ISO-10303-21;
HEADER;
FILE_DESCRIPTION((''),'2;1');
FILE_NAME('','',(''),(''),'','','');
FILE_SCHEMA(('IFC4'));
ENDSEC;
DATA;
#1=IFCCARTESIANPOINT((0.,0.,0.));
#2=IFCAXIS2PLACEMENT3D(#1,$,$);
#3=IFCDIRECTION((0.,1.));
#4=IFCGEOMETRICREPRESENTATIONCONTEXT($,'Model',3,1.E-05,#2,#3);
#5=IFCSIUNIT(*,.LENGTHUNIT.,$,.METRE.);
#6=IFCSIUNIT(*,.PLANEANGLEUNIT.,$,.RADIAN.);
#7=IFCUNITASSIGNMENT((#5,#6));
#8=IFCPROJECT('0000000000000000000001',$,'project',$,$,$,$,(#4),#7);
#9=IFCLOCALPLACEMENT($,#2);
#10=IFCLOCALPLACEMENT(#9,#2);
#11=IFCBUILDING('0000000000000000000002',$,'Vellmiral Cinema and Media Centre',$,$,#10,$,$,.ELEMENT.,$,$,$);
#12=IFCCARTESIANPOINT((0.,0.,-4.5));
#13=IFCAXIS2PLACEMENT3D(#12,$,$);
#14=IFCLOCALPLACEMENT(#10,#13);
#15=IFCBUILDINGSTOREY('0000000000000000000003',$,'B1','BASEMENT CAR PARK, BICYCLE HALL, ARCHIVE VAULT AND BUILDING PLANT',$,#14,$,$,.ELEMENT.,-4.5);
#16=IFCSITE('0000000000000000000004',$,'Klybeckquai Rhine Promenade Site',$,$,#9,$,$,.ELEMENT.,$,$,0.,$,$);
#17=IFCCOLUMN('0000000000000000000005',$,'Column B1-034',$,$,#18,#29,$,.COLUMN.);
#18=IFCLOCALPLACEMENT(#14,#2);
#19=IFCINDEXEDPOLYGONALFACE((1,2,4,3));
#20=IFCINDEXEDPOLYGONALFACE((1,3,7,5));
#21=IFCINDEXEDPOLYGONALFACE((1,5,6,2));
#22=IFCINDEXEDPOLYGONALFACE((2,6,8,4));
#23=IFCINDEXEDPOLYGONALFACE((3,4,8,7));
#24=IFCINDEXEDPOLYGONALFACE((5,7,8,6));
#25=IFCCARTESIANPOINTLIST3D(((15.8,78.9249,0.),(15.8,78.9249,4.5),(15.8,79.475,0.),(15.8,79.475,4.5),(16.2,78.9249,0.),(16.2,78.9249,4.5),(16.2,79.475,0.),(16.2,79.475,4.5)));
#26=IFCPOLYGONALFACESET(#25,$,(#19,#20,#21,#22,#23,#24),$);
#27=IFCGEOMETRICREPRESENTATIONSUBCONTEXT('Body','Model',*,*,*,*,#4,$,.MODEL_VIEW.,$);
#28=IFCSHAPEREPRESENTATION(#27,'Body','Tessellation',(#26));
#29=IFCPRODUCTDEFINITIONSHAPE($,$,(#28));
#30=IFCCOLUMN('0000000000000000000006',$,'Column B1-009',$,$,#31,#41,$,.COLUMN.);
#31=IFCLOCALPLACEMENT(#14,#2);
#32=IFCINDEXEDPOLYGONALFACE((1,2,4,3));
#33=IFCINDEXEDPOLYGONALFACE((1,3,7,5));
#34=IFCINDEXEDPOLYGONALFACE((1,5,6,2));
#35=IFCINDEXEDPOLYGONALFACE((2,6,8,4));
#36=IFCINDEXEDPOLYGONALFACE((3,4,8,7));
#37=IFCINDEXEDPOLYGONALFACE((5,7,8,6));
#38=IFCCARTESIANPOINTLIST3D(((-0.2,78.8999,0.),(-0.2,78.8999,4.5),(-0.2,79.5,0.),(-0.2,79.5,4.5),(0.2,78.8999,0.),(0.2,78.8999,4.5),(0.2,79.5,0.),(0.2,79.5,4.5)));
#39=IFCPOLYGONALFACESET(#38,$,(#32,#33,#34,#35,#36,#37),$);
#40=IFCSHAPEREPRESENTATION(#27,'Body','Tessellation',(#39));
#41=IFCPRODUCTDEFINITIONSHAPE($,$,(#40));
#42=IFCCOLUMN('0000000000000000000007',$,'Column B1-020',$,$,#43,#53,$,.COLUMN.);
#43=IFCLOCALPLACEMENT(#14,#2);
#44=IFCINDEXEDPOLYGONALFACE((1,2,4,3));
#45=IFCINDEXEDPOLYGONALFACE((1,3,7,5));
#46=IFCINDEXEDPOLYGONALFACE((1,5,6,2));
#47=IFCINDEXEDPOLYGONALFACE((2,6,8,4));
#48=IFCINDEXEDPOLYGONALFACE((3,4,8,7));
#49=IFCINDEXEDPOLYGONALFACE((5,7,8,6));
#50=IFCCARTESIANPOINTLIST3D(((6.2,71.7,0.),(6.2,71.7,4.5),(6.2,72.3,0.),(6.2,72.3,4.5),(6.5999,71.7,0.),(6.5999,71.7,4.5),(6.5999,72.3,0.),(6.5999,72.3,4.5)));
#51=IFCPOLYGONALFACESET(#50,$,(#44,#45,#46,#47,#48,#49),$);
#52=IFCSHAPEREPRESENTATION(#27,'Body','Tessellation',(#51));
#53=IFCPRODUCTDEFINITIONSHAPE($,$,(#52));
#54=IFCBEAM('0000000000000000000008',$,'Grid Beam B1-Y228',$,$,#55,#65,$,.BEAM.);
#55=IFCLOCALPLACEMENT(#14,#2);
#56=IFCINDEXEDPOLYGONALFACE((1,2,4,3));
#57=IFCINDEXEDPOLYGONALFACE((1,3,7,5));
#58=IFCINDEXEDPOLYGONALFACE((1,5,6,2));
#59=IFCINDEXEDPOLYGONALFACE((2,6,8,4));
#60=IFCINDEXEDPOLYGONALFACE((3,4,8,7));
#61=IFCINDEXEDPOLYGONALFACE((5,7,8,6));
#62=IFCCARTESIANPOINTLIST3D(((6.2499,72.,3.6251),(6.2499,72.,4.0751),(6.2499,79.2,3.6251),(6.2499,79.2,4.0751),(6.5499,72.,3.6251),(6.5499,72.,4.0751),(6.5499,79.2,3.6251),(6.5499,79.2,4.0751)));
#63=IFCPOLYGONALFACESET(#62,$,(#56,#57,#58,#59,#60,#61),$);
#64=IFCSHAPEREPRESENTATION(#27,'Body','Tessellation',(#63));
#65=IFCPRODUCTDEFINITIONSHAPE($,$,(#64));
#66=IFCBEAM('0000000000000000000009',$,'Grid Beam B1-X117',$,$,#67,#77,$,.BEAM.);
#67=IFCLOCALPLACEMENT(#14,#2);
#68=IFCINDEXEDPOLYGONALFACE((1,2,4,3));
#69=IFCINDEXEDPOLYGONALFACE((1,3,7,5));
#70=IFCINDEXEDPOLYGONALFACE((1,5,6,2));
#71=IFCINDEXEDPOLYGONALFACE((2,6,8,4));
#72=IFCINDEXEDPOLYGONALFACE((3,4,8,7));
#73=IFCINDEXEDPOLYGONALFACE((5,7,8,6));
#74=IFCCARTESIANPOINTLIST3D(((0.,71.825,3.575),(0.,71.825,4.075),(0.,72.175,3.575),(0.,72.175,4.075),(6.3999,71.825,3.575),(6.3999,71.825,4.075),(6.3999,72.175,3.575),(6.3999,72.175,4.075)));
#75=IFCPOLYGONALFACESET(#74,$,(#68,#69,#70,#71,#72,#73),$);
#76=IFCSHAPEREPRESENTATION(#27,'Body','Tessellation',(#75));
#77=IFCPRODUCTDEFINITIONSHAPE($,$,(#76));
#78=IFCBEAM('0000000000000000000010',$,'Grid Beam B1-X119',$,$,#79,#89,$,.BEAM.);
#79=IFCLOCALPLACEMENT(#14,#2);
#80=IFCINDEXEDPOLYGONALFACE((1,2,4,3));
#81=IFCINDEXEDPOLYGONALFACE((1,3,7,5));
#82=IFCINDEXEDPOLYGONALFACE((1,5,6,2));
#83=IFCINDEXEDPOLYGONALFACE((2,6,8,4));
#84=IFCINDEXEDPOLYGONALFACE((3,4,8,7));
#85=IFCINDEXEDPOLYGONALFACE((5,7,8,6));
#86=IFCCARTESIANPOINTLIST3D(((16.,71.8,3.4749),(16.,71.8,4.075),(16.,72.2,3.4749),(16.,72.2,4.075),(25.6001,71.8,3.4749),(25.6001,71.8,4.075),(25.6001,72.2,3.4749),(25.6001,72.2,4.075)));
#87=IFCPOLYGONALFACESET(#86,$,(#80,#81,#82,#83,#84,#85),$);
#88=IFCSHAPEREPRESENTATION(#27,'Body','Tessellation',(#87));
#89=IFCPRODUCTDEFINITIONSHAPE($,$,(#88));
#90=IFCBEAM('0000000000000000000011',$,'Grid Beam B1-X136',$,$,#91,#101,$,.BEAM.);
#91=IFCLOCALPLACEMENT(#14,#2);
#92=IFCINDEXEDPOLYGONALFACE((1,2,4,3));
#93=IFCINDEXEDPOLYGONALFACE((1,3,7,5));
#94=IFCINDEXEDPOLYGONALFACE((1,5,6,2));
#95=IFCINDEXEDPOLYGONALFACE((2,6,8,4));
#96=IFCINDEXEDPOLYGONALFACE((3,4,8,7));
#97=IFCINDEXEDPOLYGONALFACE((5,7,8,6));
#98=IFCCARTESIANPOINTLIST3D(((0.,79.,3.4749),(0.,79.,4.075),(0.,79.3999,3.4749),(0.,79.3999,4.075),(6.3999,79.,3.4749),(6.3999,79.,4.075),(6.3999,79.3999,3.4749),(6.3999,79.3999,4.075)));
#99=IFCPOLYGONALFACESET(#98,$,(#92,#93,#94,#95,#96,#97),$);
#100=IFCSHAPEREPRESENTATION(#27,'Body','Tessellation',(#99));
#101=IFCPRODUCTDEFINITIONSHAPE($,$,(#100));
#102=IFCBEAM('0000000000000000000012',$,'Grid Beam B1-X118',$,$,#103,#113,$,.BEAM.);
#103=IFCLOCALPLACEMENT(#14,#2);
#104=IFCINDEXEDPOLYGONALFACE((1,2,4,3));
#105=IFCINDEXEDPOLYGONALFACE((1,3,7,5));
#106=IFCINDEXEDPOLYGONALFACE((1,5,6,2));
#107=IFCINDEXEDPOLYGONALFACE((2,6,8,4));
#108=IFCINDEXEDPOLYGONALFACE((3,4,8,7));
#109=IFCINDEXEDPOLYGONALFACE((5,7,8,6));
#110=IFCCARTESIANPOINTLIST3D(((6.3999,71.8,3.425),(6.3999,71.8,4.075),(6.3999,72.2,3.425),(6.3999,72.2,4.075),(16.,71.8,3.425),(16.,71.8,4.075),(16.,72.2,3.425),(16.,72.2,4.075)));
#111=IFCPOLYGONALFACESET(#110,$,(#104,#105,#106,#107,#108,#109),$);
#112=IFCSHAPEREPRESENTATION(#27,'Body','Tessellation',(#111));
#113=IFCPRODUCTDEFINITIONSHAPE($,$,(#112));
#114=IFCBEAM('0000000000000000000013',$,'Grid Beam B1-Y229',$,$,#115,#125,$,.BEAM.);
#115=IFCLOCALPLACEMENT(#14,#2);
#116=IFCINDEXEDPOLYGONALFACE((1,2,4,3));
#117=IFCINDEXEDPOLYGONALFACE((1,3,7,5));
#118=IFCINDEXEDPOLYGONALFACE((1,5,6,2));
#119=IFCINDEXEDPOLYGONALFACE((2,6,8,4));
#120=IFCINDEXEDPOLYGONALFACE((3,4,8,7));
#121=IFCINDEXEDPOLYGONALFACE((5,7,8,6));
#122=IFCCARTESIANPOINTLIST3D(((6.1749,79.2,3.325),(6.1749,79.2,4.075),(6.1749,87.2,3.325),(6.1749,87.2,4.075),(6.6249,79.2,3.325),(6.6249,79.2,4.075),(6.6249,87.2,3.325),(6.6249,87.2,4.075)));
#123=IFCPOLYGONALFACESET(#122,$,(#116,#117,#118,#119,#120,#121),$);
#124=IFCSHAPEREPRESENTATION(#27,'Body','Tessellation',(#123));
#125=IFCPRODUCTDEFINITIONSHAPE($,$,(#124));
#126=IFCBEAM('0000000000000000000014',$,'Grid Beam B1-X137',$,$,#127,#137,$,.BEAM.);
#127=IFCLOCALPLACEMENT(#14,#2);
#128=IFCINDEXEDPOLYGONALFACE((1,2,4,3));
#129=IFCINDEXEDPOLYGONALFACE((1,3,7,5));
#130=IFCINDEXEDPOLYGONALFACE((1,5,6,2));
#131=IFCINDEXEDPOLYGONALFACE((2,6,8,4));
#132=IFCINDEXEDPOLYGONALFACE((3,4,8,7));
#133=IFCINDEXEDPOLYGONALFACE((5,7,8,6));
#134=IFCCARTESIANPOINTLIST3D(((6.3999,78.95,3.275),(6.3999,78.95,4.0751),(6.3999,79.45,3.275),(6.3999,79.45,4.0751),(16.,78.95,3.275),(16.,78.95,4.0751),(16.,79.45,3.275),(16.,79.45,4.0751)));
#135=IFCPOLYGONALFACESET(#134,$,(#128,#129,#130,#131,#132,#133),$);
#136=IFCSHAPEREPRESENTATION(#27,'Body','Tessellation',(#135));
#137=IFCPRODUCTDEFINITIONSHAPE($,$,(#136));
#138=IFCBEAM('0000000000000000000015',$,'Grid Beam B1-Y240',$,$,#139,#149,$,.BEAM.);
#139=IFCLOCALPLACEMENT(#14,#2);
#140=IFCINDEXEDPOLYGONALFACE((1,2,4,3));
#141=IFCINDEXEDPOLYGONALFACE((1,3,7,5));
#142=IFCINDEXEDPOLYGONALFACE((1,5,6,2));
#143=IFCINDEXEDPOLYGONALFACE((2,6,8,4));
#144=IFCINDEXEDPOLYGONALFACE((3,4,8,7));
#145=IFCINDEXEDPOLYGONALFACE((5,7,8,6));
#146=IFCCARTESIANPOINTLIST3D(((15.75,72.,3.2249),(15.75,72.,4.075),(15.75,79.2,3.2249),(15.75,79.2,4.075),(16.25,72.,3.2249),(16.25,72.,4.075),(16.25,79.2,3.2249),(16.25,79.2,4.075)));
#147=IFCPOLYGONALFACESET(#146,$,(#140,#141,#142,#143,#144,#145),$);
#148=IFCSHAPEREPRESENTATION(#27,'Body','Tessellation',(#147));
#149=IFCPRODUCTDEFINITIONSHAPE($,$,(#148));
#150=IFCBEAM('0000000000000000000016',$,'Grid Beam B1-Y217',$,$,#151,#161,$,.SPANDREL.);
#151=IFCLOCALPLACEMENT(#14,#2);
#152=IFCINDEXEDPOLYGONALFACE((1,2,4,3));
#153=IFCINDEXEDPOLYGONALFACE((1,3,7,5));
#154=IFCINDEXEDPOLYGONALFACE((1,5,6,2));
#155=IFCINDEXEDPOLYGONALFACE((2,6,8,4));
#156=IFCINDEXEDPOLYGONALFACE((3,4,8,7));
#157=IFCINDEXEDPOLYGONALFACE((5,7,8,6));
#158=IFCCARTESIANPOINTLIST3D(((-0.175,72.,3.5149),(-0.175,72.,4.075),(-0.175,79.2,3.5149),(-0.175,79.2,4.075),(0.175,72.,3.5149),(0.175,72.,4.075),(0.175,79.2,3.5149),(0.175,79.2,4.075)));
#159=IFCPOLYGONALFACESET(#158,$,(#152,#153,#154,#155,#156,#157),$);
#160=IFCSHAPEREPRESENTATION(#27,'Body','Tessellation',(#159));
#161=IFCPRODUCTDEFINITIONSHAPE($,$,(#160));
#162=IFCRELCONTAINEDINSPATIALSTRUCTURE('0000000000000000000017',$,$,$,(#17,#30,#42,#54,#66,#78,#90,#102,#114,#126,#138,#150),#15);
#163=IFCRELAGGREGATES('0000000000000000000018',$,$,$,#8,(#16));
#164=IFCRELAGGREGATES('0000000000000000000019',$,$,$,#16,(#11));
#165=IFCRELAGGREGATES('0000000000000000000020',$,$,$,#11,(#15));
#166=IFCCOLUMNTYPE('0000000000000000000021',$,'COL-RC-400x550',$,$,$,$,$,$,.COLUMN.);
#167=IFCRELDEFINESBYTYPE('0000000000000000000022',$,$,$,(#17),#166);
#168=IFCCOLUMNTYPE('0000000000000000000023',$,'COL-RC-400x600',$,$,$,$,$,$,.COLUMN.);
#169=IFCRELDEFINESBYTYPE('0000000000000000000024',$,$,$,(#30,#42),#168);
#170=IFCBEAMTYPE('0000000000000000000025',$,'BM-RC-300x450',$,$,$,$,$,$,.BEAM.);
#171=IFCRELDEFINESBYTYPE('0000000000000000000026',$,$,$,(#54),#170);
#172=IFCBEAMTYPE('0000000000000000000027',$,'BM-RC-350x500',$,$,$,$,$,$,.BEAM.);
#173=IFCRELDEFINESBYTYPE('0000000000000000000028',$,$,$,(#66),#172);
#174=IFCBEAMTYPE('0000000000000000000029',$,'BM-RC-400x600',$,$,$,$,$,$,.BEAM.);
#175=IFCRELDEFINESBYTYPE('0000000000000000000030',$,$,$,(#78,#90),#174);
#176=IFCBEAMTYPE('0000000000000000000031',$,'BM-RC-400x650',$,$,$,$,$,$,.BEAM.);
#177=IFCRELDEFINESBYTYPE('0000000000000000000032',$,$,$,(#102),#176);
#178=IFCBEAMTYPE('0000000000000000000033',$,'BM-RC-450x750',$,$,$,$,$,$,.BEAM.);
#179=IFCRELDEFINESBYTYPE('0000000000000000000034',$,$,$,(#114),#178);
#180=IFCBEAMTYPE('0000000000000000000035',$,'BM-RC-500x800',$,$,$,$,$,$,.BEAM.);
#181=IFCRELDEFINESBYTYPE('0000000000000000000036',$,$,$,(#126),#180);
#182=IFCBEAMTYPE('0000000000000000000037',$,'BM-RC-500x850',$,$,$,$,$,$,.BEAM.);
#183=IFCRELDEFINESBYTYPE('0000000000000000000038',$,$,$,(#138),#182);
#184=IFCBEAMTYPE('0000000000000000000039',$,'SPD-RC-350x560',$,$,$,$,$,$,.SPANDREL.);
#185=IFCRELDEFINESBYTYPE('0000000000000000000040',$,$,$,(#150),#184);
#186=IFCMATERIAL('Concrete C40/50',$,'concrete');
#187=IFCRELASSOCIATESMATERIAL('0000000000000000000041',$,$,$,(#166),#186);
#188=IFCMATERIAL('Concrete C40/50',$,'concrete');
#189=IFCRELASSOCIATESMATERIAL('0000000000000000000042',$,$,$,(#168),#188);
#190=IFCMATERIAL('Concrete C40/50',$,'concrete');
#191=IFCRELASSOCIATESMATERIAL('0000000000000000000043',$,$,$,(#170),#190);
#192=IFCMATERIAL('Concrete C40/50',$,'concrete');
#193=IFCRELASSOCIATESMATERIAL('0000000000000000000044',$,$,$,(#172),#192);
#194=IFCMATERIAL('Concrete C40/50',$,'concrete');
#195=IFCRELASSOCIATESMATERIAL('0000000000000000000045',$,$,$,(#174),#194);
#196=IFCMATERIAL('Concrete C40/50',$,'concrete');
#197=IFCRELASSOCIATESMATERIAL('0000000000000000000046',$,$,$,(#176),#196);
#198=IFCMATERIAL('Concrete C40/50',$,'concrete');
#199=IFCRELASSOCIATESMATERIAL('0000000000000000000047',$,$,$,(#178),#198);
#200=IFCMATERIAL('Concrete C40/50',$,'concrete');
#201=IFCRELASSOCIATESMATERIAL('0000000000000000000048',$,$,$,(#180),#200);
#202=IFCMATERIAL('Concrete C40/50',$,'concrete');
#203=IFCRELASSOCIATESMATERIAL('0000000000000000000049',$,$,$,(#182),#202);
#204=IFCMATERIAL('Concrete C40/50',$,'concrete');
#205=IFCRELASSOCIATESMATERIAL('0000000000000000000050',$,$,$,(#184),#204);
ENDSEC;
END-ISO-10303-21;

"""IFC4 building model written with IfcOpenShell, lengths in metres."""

from ifc_helpers import new_model, si_unit, direction, frame, origin, origin_2d, place, context, subcontext, project, spatial, rectangle, extrude, material, material_profile, profile_set, type_object, element, save


model = new_model("IFC4")

# Units and contexts
model_context = context("Model", 3, precision=1e-05, world=origin(), true_north=direction((0.0, 1.0)))
body_context = subcontext(model_context, "Body", "Model", "MODEL_VIEW")
ifc_project = project(units=[si_unit("LENGTHUNIT", "METRE"), si_unit("PLANEANGLEUNIT", "RADIAN")], contexts=[model_context])

# Site, building, storey
site_placement = place(None, origin())
site = spatial("IfcSite", under=ifc_project, at=site_placement, Name="Klybeckquai Rhine Promenade Site", CompositionType="ELEMENT", RefElevation=0.0)
building_placement = place(site_placement, origin())
building = spatial("IfcBuilding", under=site, at=building_placement, Name="Vellmiral Cinema and Media Centre", CompositionType="ELEMENT")
storey_placement = place(building_placement, frame((0.0, 0.0, -4.5)))
storey = spatial("IfcBuildingStorey", under=building, at=storey_placement, Name="B1", Description="BASEMENT CAR PARK, BICYCLE HALL, ARCHIVE VAULT AND BUILDING PLANT", CompositionType="ELEMENT", Elevation=-4.5)

# Columns
ifc_material_1 = material(Name="Concrete C40/50", Category="concrete")
ifc_material_profile_1 = material_profile(ifc_material_1, rectangle(XDim=0.3999, YDim=0.55, at=origin_2d()), Name="RC 400x550")
ifc_profile_set_1 = profile_set([ifc_material_profile_1], Name="Concrete C40/50")
column_type_1 = type_object("IfcColumnType", Name="COL-RC-400x550", PredefinedType="COLUMN", material=ifc_profile_set_1)
column_placement = place(storey_placement, frame((16.0, 79.2, 0.0), z_axis=(0.0, 0.0, 1.0), x_axis=(1.0, 0.0, 0.0)))
element("IfcColumn", 1, at=column_placement, inside=storey, type_object=column_type_1, Name="Column B1-034", PredefinedType="COLUMN", context=body_context, shape_type="SweptSolid", body=[
    extrude(rectangle(XDim=0.3999, YDim=0.55, at=origin_2d()), origin(), (0.0, 0.0, 1.0), 4.5),
])
ifc_material_2 = material(Name="Concrete C40/50", Category="concrete")
ifc_material_profile_2 = material_profile(ifc_material_2, rectangle(XDim=0.3999, YDim=0.6001, at=origin_2d()), Name="RC 400x600")
ifc_profile_set_2 = profile_set([ifc_material_profile_2], Name="Concrete C40/50")
column_type_2 = type_object("IfcColumnType", Name="COL-RC-400x600", PredefinedType="COLUMN", material=ifc_profile_set_2)
for number, where, z_axis, x_axis, name in (
    (2, (0.0, 79.2, 0.0), (0.0, 0.0, 1.0), (1.0, 0.0, 0.0), "Column B1-009"),
    (3, (6.3999, 72.0, 0.0), (0.0, 0.0, 1.0), (1.0, 0.0, 0.0), "Column B1-020"),
):
    element("IfcColumn", number, at=place(storey_placement, frame(where, z_axis=z_axis, x_axis=x_axis)), inside=storey, type_object=column_type_2, Name=name, PredefinedType="COLUMN", context=body_context, shape_type="SweptSolid", body=[
        extrude(rectangle(XDim=0.3999, YDim=0.6001, at=origin_2d()), origin(), (0.0, 0.0, 1.0), 4.5),
    ])

# Beams
ifc_material_3 = material(Name="Concrete C40/50", Category="concrete")
ifc_material_profile_3 = material_profile(ifc_material_3, rectangle(XDim=0.3, YDim=0.45, at=origin_2d()), Name="RC 300x450")
ifc_profile_set_3 = profile_set([ifc_material_profile_3], Name="Concrete C40/50")
beam_type_1 = type_object("IfcBeamType", Name="BM-RC-300x450", PredefinedType="BEAM", material=ifc_profile_set_3)
beam_1_placement = place(storey_placement, frame((6.3999, 72.0, 3.8501), z_axis=(0.0, 1.0, 0.0), x_axis=(-1.0, 0.0, 0.0)))
element("IfcBeam", 4, at=beam_1_placement, inside=storey, type_object=beam_type_1, Name="Grid Beam B1-Y228", PredefinedType="BEAM", context=body_context, shape_type="SweptSolid", body=[
    extrude(rectangle(XDim=0.3, YDim=0.45, at=origin_2d()), origin(), (0.0, 0.0, 1.0), 7.2),
])
ifc_material_4 = material(Name="Concrete C40/50", Category="concrete")
ifc_material_profile_4 = material_profile(ifc_material_4, rectangle(XDim=0.3501, YDim=0.5, at=origin_2d()), Name="RC 350x500")
ifc_profile_set_4 = profile_set([ifc_material_profile_4], Name="Concrete C40/50")
beam_type_2 = type_object("IfcBeamType", Name="BM-RC-350x500", PredefinedType="BEAM", material=ifc_profile_set_4)
beam_2_placement = place(storey_placement, frame((0.0, 72.0, 3.825), z_axis=(1.0, 0.0, 0.0), x_axis=(0.0, 1.0, 0.0)))
element("IfcBeam", 5, at=beam_2_placement, inside=storey, type_object=beam_type_2, Name="Grid Beam B1-X117", PredefinedType="BEAM", context=body_context, shape_type="SweptSolid", body=[
    extrude(rectangle(XDim=0.3501, YDim=0.5, at=origin_2d()), origin(), (0.0, 0.0, 1.0), 6.3999),
])
ifc_material_5 = material(Name="Concrete C40/50", Category="concrete")
ifc_material_profile_5 = material_profile(ifc_material_5, rectangle(XDim=0.3999, YDim=0.6001, at=origin_2d()), Name="RC 400x600")
ifc_profile_set_5 = profile_set([ifc_material_profile_5], Name="Concrete C40/50")
beam_type_3 = type_object("IfcBeamType", Name="BM-RC-400x600", PredefinedType="BEAM", material=ifc_profile_set_5)
beam_3_placement = place(storey_placement, frame((16.0, 72.0, 3.7749), z_axis=(1.0, 0.0, 0.0), x_axis=(0.0, 1.0, 0.0)))
element("IfcBeam", 6, at=beam_3_placement, inside=storey, type_object=beam_type_3, Name="Grid Beam B1-X119", PredefinedType="BEAM", context=body_context, shape_type="SweptSolid", body=[
    extrude(rectangle(XDim=0.3999, YDim=0.6001, at=origin_2d()), origin(), (0.0, 0.0, 1.0), 9.6001),
])
beam_4_placement = place(storey_placement, frame((0.0, 79.2, 3.7749), z_axis=(1.0, 0.0, 0.0), x_axis=(0.0, 1.0, 0.0)))
element("IfcBeam", 7, at=beam_4_placement, inside=storey, type_object=beam_type_3, Name="Grid Beam B1-X136", PredefinedType="BEAM", context=body_context, shape_type="SweptSolid", body=[
    extrude(rectangle(XDim=0.3999, YDim=0.6001, at=origin_2d()), origin(), (0.0, 0.0, 1.0), 6.3999),
])
ifc_material_6 = material(Name="Concrete C40/50", Category="concrete")
ifc_material_profile_6 = material_profile(ifc_material_6, rectangle(XDim=0.3999, YDim=0.6499, at=origin_2d()), Name="RC 400x650")
ifc_profile_set_6 = profile_set([ifc_material_profile_6], Name="Concrete C40/50")
beam_type_4 = type_object("IfcBeamType", Name="BM-RC-400x650", PredefinedType="BEAM", material=ifc_profile_set_6)
beam_5_placement = place(storey_placement, frame((6.3999, 72.0, 3.75), z_axis=(1.0, 0.0, 0.0), x_axis=(0.0, 1.0, 0.0)))
element("IfcBeam", 8, at=beam_5_placement, inside=storey, type_object=beam_type_4, Name="Grid Beam B1-X118", PredefinedType="BEAM", context=body_context, shape_type="SweptSolid", body=[
    extrude(rectangle(XDim=0.3999, YDim=0.6499, at=origin_2d()), origin(), (0.0, 0.0, 1.0), 9.6001),
])
ifc_material_7 = material(Name="Concrete C40/50", Category="concrete")
ifc_material_profile_7 = material_profile(ifc_material_7, rectangle(XDim=0.45, YDim=0.75, at=origin_2d()), Name="RC 450x750")
ifc_profile_set_7 = profile_set([ifc_material_profile_7], Name="Concrete C40/50")
beam_type_5 = type_object("IfcBeamType", Name="BM-RC-450x750", PredefinedType="BEAM", material=ifc_profile_set_7)
beam_6_placement = place(storey_placement, frame((6.3999, 79.2, 3.7), z_axis=(0.0, 1.0, 0.0), x_axis=(-1.0, 0.0, 0.0)))
element("IfcBeam", 9, at=beam_6_placement, inside=storey, type_object=beam_type_5, Name="Grid Beam B1-Y229", PredefinedType="BEAM", context=body_context, shape_type="SweptSolid", body=[
    extrude(rectangle(XDim=0.45, YDim=0.75, at=origin_2d()), origin(), (0.0, 0.0, 1.0), 8.0),
])
ifc_material_8 = material(Name="Concrete C40/50", Category="concrete")
ifc_material_profile_8 = material_profile(ifc_material_8, rectangle(XDim=0.5, YDim=0.8, at=origin_2d()), Name="RC 500x800")
ifc_profile_set_8 = profile_set([ifc_material_profile_8], Name="Concrete C40/50")
beam_type_6 = type_object("IfcBeamType", Name="BM-RC-500x800", PredefinedType="BEAM", material=ifc_profile_set_8)
beam_7_placement = place(storey_placement, frame((6.3999, 79.2, 3.675), z_axis=(1.0, 0.0, 0.0), x_axis=(0.0, 1.0, 0.0)))
element("IfcBeam", 10, at=beam_7_placement, inside=storey, type_object=beam_type_6, Name="Grid Beam B1-X137", PredefinedType="BEAM", context=body_context, shape_type="SweptSolid", body=[
    extrude(rectangle(XDim=0.5, YDim=0.8, at=origin_2d()), origin(), (0.0, 0.0, 1.0), 9.6001),
])
ifc_material_9 = material(Name="Concrete C40/50", Category="concrete")
ifc_material_profile_9 = material_profile(ifc_material_9, rectangle(XDim=0.5, YDim=0.8501, at=origin_2d()), Name="RC 500x850")
ifc_profile_set_9 = profile_set([ifc_material_profile_9], Name="Concrete C40/50")
beam_type_7 = type_object("IfcBeamType", Name="BM-RC-500x850", PredefinedType="BEAM", material=ifc_profile_set_9)
beam_8_placement = place(storey_placement, frame((16.0, 72.0, 3.6499), z_axis=(0.0, 1.0, 0.0), x_axis=(-1.0, 0.0, 0.0)))
element("IfcBeam", 11, at=beam_8_placement, inside=storey, type_object=beam_type_7, Name="Grid Beam B1-Y240", PredefinedType="BEAM", context=body_context, shape_type="SweptSolid", body=[
    extrude(rectangle(XDim=0.5, YDim=0.8501, at=origin_2d()), origin(), (0.0, 0.0, 1.0), 7.2),
])
ifc_material_10 = material(Name="Concrete C40/50", Category="concrete")
ifc_material_profile_10 = material_profile(ifc_material_10, rectangle(XDim=0.3501, YDim=0.5601, at=origin_2d()), Name="RC 350x560")
ifc_profile_set_10 = profile_set([ifc_material_profile_10], Name="Concrete C40/50")
beam_type_8 = type_object("IfcBeamType", Name="SPD-RC-350x560", PredefinedType="SPANDREL", material=ifc_profile_set_10)
beam_9_placement = place(storey_placement, frame((0.0, 72.0, 3.7949), z_axis=(0.0, 1.0, 0.0), x_axis=(-1.0, 0.0, 0.0)))
element("IfcBeam", 12, at=beam_9_placement, inside=storey, type_object=beam_type_8, Name="Grid Beam B1-Y217", PredefinedType="SPANDREL", context=body_context, shape_type="SweptSolid", body=[
    extrude(rectangle(XDim=0.3501, YDim=0.5601, at=origin_2d()), origin(), (0.0, 0.0, 1.0), 7.2),
])

save(model, "model.ifc")
